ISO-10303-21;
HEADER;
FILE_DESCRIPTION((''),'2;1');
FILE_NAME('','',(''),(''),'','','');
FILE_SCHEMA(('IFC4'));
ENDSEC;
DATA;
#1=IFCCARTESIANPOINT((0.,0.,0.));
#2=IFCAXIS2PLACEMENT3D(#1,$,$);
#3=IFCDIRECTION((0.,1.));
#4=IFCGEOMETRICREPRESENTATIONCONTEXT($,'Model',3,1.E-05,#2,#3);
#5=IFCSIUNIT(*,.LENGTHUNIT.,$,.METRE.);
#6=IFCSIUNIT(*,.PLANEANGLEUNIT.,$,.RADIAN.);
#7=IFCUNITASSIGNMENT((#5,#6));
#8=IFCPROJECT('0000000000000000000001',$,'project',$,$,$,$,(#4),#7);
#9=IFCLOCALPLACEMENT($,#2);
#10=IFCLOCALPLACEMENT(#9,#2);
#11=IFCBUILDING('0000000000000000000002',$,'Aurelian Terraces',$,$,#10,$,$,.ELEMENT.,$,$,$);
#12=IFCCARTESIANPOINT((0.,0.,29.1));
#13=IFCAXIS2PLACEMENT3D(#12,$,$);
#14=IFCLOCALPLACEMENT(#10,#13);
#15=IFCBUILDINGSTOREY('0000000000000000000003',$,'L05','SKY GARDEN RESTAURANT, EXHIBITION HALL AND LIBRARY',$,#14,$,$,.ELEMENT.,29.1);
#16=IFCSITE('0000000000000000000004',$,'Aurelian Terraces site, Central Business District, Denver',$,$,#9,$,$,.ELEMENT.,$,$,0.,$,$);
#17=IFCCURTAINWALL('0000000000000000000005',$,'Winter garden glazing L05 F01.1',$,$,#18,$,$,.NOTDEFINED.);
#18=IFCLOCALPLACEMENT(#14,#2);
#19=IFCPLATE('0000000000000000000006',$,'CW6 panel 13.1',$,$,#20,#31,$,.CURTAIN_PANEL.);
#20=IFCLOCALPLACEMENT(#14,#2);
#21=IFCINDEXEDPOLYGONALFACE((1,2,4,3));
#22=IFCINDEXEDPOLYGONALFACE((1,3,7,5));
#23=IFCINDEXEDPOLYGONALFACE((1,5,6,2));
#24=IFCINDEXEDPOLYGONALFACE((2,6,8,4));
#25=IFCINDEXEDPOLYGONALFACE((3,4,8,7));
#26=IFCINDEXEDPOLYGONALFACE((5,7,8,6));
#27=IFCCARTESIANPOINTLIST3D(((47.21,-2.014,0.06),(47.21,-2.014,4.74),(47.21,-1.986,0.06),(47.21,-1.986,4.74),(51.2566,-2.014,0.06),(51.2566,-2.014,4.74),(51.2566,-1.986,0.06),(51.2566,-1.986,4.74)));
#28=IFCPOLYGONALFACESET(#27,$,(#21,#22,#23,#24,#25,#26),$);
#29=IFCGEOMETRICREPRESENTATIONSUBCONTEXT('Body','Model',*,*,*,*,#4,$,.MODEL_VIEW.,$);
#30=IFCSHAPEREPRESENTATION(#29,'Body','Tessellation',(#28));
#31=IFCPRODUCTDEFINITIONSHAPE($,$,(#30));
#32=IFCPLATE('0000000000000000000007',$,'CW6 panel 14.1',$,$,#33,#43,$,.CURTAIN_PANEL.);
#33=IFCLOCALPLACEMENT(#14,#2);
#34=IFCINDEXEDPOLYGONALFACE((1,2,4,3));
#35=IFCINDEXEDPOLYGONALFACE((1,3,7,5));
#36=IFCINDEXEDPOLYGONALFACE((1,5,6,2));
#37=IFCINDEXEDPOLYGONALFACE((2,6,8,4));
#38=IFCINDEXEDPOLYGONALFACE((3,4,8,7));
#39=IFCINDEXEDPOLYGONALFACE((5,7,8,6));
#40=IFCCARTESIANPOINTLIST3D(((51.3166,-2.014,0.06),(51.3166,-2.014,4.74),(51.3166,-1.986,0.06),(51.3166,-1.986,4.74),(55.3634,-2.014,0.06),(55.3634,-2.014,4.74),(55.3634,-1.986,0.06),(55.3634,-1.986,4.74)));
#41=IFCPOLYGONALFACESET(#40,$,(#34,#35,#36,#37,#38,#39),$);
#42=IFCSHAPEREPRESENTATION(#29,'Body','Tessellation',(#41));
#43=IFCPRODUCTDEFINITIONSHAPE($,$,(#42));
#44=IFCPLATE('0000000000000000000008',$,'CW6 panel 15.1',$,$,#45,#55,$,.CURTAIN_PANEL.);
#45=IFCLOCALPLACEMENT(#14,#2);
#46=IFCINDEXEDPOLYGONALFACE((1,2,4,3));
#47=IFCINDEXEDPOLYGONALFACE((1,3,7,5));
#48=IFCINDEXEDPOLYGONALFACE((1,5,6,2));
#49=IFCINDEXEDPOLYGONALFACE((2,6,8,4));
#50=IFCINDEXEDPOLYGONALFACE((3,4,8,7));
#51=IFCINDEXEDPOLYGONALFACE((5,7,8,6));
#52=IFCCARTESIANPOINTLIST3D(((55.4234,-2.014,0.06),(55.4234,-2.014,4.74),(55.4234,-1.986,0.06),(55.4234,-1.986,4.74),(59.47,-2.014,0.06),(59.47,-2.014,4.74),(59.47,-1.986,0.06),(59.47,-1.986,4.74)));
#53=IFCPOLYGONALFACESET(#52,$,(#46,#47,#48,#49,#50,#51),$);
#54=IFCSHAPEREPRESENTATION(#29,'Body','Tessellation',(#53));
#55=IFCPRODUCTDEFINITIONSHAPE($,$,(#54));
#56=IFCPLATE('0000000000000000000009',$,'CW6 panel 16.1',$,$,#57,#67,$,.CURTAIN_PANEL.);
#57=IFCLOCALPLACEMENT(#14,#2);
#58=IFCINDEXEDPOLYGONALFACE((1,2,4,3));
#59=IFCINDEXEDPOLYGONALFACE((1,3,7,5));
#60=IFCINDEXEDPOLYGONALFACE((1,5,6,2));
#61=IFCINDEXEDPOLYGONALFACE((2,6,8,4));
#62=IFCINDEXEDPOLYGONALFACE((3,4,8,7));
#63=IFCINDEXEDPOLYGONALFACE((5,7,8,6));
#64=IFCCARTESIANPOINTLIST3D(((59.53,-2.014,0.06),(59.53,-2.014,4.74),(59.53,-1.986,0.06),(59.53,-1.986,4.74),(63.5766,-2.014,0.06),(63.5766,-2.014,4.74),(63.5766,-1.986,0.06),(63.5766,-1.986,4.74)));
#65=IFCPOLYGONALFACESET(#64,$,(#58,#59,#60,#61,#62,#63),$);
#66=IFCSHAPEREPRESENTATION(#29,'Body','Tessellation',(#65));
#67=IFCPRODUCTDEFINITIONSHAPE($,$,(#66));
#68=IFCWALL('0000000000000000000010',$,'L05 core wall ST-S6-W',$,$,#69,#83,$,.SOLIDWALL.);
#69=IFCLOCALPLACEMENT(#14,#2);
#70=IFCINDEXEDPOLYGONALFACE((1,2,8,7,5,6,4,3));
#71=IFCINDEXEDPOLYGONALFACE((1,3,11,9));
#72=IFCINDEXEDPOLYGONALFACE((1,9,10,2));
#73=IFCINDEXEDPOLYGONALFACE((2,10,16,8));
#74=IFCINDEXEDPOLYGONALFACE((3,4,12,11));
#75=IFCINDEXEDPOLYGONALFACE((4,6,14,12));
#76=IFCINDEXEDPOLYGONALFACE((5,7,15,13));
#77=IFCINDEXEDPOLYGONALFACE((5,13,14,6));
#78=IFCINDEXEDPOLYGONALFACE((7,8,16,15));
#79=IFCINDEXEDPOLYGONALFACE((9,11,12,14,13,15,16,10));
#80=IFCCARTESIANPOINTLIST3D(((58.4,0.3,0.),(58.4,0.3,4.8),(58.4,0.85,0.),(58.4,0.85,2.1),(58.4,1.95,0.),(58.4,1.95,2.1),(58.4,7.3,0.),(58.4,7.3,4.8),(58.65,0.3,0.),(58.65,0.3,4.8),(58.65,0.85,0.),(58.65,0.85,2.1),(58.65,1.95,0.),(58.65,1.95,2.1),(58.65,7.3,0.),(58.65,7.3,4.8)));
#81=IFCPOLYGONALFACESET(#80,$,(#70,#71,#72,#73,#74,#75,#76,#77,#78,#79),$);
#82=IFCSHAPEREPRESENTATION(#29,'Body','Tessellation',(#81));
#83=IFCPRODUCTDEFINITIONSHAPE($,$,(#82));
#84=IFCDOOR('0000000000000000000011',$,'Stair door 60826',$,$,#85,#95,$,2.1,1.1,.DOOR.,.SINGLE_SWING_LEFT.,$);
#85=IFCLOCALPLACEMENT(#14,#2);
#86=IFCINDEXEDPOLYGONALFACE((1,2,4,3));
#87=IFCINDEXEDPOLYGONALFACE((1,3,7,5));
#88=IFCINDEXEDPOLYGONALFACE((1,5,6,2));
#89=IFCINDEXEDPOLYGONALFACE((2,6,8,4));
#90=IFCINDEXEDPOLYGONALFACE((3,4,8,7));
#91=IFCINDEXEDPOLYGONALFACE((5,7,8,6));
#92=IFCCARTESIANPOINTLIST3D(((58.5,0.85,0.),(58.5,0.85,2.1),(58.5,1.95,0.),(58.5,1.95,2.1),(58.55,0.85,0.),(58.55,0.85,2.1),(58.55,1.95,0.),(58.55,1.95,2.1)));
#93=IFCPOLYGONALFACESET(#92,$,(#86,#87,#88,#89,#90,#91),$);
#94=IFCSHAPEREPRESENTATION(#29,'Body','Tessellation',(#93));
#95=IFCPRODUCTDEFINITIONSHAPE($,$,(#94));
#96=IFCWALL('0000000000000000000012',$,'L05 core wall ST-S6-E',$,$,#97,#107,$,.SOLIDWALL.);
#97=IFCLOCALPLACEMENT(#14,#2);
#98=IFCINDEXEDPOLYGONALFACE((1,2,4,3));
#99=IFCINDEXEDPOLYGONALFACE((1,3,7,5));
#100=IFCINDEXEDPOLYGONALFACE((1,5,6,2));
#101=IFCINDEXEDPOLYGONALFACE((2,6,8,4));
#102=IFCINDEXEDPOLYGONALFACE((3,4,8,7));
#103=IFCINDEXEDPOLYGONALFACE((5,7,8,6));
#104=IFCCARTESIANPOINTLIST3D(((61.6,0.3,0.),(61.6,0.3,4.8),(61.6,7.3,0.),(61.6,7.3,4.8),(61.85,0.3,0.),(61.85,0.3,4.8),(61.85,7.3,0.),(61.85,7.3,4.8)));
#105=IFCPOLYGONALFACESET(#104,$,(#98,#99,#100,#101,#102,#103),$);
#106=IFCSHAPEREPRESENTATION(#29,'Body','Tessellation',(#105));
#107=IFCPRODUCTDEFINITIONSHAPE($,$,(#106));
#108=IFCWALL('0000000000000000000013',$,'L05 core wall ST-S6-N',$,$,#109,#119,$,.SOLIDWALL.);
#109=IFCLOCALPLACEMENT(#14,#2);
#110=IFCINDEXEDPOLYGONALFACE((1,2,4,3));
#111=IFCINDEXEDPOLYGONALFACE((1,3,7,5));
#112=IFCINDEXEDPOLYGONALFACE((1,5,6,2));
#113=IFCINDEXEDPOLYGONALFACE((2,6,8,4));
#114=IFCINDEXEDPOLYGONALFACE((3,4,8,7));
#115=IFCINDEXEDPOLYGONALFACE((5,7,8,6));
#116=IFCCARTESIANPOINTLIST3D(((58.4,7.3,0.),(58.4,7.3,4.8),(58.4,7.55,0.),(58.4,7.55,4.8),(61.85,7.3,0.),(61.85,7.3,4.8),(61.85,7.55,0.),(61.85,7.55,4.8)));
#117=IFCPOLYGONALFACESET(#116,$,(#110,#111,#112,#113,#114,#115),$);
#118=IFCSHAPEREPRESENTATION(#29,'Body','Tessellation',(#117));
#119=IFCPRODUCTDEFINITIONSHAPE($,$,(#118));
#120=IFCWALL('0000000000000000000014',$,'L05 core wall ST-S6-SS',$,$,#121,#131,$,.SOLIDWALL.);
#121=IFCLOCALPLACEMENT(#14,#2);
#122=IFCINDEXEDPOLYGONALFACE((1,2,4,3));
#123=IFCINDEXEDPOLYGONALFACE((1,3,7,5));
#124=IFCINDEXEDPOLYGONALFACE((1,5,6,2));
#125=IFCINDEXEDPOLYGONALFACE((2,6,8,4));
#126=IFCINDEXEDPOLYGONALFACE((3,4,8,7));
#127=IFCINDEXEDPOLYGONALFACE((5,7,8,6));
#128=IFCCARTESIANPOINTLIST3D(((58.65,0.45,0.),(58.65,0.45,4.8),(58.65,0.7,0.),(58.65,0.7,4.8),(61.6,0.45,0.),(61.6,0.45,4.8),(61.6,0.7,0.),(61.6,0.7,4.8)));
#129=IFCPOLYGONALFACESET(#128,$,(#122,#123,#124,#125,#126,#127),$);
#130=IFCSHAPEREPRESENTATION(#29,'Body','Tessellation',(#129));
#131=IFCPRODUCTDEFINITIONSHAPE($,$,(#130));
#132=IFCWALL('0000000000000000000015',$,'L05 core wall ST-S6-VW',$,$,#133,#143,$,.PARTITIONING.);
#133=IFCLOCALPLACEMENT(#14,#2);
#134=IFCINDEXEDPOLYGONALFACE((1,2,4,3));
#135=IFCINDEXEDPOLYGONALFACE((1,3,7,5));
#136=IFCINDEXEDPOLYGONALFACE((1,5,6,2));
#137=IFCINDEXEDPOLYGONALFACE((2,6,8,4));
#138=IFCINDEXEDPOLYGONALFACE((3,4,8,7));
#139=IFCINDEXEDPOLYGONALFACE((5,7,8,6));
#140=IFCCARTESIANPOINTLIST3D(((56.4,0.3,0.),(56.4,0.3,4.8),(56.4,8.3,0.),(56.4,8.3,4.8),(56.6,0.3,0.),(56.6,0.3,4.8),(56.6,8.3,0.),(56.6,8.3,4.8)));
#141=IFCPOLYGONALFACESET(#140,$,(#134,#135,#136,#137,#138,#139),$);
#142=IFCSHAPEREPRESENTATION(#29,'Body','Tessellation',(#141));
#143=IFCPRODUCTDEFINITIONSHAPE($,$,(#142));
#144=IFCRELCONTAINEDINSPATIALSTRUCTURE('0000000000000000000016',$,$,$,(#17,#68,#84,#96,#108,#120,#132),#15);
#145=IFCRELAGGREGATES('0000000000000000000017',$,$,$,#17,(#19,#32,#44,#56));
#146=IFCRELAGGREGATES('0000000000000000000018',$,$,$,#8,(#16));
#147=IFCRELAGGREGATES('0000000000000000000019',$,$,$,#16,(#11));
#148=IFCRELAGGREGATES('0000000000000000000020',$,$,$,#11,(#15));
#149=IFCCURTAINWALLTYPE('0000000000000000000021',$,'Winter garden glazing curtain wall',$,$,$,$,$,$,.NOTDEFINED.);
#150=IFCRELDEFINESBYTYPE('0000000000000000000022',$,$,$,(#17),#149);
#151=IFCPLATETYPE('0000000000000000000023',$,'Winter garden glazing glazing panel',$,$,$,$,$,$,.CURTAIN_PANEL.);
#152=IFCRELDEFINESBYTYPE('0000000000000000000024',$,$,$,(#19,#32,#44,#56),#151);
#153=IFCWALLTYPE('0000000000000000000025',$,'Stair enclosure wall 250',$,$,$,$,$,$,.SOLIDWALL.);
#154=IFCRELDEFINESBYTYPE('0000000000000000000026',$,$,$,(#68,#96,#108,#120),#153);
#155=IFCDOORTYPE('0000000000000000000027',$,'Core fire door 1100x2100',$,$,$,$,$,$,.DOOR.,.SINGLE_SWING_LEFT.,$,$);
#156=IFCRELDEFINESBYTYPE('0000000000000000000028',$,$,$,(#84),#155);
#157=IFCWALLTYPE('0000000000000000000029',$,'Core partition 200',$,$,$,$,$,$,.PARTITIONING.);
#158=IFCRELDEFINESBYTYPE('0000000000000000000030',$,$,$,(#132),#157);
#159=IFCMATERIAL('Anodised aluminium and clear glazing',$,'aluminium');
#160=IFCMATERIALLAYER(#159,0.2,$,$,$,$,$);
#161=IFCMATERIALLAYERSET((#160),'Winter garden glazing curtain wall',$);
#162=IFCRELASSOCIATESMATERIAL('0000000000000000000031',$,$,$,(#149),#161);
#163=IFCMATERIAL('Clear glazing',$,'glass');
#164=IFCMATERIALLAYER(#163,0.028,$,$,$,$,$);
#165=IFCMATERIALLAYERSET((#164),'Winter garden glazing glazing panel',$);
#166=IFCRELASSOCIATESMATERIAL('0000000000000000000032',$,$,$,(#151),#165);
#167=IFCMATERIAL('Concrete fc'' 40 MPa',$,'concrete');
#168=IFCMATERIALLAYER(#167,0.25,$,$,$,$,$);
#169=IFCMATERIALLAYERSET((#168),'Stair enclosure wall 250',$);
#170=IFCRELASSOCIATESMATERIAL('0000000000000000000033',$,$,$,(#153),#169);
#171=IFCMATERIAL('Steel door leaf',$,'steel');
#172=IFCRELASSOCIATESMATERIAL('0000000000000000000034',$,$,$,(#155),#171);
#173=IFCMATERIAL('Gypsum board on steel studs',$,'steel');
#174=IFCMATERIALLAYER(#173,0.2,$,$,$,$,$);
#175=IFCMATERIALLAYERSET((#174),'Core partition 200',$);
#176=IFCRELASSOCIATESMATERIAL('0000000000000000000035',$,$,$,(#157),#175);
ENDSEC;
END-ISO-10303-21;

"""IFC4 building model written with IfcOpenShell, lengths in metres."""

from ifc_helpers import new_model, si_unit, direction, frame, frame_2d, origin, origin_2d, place, context, subcontext, project, spatial, rectangle, extrude, source, transform, mapped, material, layer, layer_set, type_object, element, fill, aggregate, save


model = new_model("IFC4")

# Units and contexts
model_context = context("Model", 3, precision=1e-05, world=origin(), true_north=direction((0.0, 1.0)))
body_context = subcontext(model_context, "Body", "Model", "MODEL_VIEW")
ifc_project = project(units=[si_unit("LENGTHUNIT", "METRE"), si_unit("PLANEANGLEUNIT", "RADIAN")], contexts=[model_context])

# Site, building, storey
site_placement = place(None, origin())
site = spatial("IfcSite", under=ifc_project, at=site_placement, Name="Aurelian Terraces site, Central Business District, Denver", CompositionType="ELEMENT", RefElevation=0.0)
building_placement = place(site_placement, origin())
building = spatial("IfcBuilding", under=site, at=building_placement, Name="Aurelian Terraces", CompositionType="ELEMENT")
storey_placement = place(building_placement, frame((0.0, 0.0, 29.1)))
storey = spatial("IfcBuildingStorey", under=building, at=storey_placement, Name="L05", Description="SKY GARDEN RESTAURANT, EXHIBITION HALL AND LIBRARY", CompositionType="ELEMENT", Elevation=29.1)

# Curtain wall, plates
ifc_material_1 = material(Name="Anodised aluminium and clear glazing", Category="aluminium")
ifc_layer_1 = layer(ifc_material_1, 0.2)
ifc_layer_set_1 = layer_set([ifc_layer_1], Name="Winter garden glazing curtain wall")
curtain_wall_type = type_object("IfcCurtainWallType", Name="Winter garden glazing curtain wall", PredefinedType="NOTDEFINED", material=ifc_layer_set_1)
curtain_wall_placement = place(storey_placement, origin())
curtain_wall = element("IfcCurtainWall", 1, at=curtain_wall_placement, inside=storey, type_object=curtain_wall_type, Name="Winter garden glazing L05 F01.1", PredefinedType="NOTDEFINED")
ifc_material_2 = material(Name="Clear glazing", Category="glass")
ifc_layer_2 = layer(ifc_material_2, 0.028)
ifc_layer_set_2 = layer_set([ifc_layer_2], Name="Winter garden glazing glazing panel")
plate_type = type_object("IfcPlateType", Name="Winter garden glazing glazing panel", PredefinedType="CURTAIN_PANEL", material=ifc_layer_set_2)
shared_shape_1 = source(origin(), body_context, "Body", "SweptSolid", [
    extrude(rectangle(XDim=4.0467, YDim=0.028, at=origin_2d()), origin(), (0.0, 0.0, 1.0), 4.68),
])
plate_1_placement = place(storey_placement, frame((49.2333, -2.0, 0.06), z_axis=(0.0, 0.0, 1.0), x_axis=(1.0, 0.0, 0.0)))
plate_1 = element("IfcPlate", 2, at=plate_1_placement, type_object=plate_type, Name="CW6 panel 13.1", PredefinedType="CURTAIN_PANEL", context=body_context, shape_type="MappedRepresentation", body=[
    mapped(shared_shape_1, transform((0.0, 0.0, 0.0), scale=1.0)),
])
plate_2_placement = place(storey_placement, frame((53.34, -2.0, 0.06), z_axis=(0.0, 0.0, 1.0), x_axis=(1.0, 0.0, 0.0)))
plate_2 = element("IfcPlate", 3, at=plate_2_placement, type_object=plate_type, Name="CW6 panel 14.1", PredefinedType="CURTAIN_PANEL", context=body_context, shape_type="MappedRepresentation", body=[
    mapped(shared_shape_1, transform((0.0, 0.0, 0.0), scale=1.0)),
])
plate_3_placement = place(storey_placement, frame((57.4467, -2.0, 0.06), z_axis=(0.0, 0.0, 1.0), x_axis=(1.0, 0.0, 0.0)))
plate_3 = element("IfcPlate", 4, at=plate_3_placement, type_object=plate_type, Name="CW6 panel 15.1", PredefinedType="CURTAIN_PANEL", context=body_context, shape_type="MappedRepresentation", body=[
    mapped(shared_shape_1, transform((0.0, 0.0, 0.0), scale=1.0)),
])
plate_4_placement = place(storey_placement, frame((61.5533, -2.0, 0.06), z_axis=(0.0, 0.0, 1.0), x_axis=(1.0, 0.0, 0.0)))
plate_4 = element("IfcPlate", 5, at=plate_4_placement, type_object=plate_type, Name="CW6 panel 16.1", PredefinedType="CURTAIN_PANEL", context=body_context, shape_type="MappedRepresentation", body=[
    mapped(shared_shape_1, transform((0.0, 0.0, 0.0), scale=1.0)),
])
aggregate(curtain_wall, [plate_1, plate_2, plate_3, plate_4])

# Wall, opening, door
ifc_material_3 = material(Name="Concrete fc' 40 MPa", Category="concrete")
ifc_layer_3 = layer(ifc_material_3, 0.25)
ifc_layer_set_3 = layer_set([ifc_layer_3], Name="Stair enclosure wall 250")
wall_type_1 = type_object("IfcWallType", Name="Stair enclosure wall 250", PredefinedType="SOLIDWALL", material=ifc_layer_set_3)
shared_shape_2 = source(origin(), body_context, "Body", "SweptSolid", [
    extrude(rectangle(XDim=7.0, YDim=0.25, at=frame_2d((3.5, 0.0))), origin(), (0.0, 0.0, 1.0), 4.8),
])
wall_1_placement = place(storey_placement, frame((58.525, 0.3, 0.0), z_axis=(0.0, 0.0, 1.0), x_axis=(0.0, 1.0, 0.0)))
wall_1 = element("IfcWall", 6, at=wall_1_placement, inside=storey, type_object=wall_type_1, Name="L05 core wall ST-S6-W", PredefinedType="SOLIDWALL", context=body_context, shape_type="MappedRepresentation", body=[
    mapped(shared_shape_2, transform((0.0, 0.0, 0.0), scale=1.0)),
])
shared_shape_3 = source(origin(), body_context, "Body", "SweptSolid", [
    extrude(rectangle(XDim=1.1, YDim=2.1, at=frame_2d((0.55, 1.05))), frame((0.0, 0.135, 0.0), z_axis=(0.0, -1.0, 0.0), x_axis=(1.0, 0.0, 0.0)), (0.0, 0.0, 1.0), 0.27),
])
opening_1_placement = place(wall_1_placement, frame((0.55, 0.0, 0.0)))
opening_1 = element("IfcOpeningElement", 7, at=opening_1_placement, cuts=wall_1, PredefinedType="OPENING", context=body_context, shape_type="MappedRepresentation", body=[
    mapped(shared_shape_3, transform((0.0, 0.0, 0.0), scale=1.0)),
])
ifc_material_4 = material(Name="Steel door leaf", Category="steel")
door_type_1 = type_object("IfcDoorType", Name="Core fire door 1100x2100", OperationType="SINGLE_SWING_LEFT", PredefinedType="DOOR", material=ifc_material_4)
shared_shape_4 = source(origin(), body_context, "Body", "SweptSolid", [
    extrude(rectangle(XDim=1.1, YDim=2.1, at=frame_2d((0.55, 1.05))), frame((0.0, 0.025, 0.0), z_axis=(0.0, -1.0, 0.0), x_axis=(1.0, 0.0, 0.0)), (0.0, 0.0, 1.0), 0.05),
])
door_1_placement = place(opening_1_placement, origin())
door_1 = element("IfcDoor", 8, at=door_1_placement, inside=storey, type_object=door_type_1, Name="Stair door 60826", OperationType="SINGLE_SWING_LEFT", OverallHeight=2.1, OverallWidth=1.1, PredefinedType="DOOR", context=body_context, shape_type="MappedRepresentation", body=[
    mapped(shared_shape_4, transform((0.0, 0.0, 0.0), scale=1.0)),
])
fill(opening_1, door_1)

# Walls
wall_2_placement = place(storey_placement, frame((61.725, 0.3, 0.0), z_axis=(0.0, 0.0, 1.0), x_axis=(0.0, 1.0, 0.0)))
element("IfcWall", 9, at=wall_2_placement, inside=storey, type_object=wall_type_1, Name="L05 core wall ST-S6-E", PredefinedType="SOLIDWALL", context=body_context, shape_type="MappedRepresentation", body=[
    mapped(shared_shape_2, transform((0.0, 0.0, 0.0), scale=1.0)),
])
shared_shape_5 = source(origin(), body_context, "Body", "SweptSolid", [
    extrude(rectangle(XDim=3.45, YDim=0.25, at=frame_2d((1.725, 0.0))), origin(), (0.0, 0.0, 1.0), 4.8),
])
wall_3_placement = place(storey_placement, frame((58.4, 7.425, 0.0), z_axis=(0.0, 0.0, 1.0), x_axis=(1.0, 0.0, 0.0)))
element("IfcWall", 10, at=wall_3_placement, inside=storey, type_object=wall_type_1, Name="L05 core wall ST-S6-N", PredefinedType="SOLIDWALL", context=body_context, shape_type="MappedRepresentation", body=[
    mapped(shared_shape_5, transform((0.0, 0.0, 0.0), scale=1.0)),
])
shared_shape_6 = source(origin(), body_context, "Body", "SweptSolid", [
    extrude(rectangle(XDim=2.95, YDim=0.25, at=frame_2d((1.475, 0.0))), origin(), (0.0, 0.0, 1.0), 4.8),
])
wall_4_placement = place(storey_placement, frame((58.65, 0.575, 0.0), z_axis=(0.0, 0.0, 1.0), x_axis=(1.0, 0.0, 0.0)))
element("IfcWall", 11, at=wall_4_placement, inside=storey, type_object=wall_type_1, Name="L05 core wall ST-S6-SS", PredefinedType="SOLIDWALL", context=body_context, shape_type="MappedRepresentation", body=[
    mapped(shared_shape_6, transform((0.0, 0.0, 0.0), scale=1.0)),
])
ifc_material_5 = material(Name="Gypsum board on steel studs", Category="steel")
ifc_layer_4 = layer(ifc_material_5, 0.2)
ifc_layer_set_4 = layer_set([ifc_layer_4], Name="Core partition 200")
wall_type_2 = type_object("IfcWallType", Name="Core partition 200", PredefinedType="PARTITIONING", material=ifc_layer_set_4)
shared_shape_7 = source(origin(), body_context, "Body", "SweptSolid", [
    extrude(rectangle(XDim=8.0, YDim=0.2, at=frame_2d((4.0, 0.0))), origin(), (0.0, 0.0, 1.0), 4.8),
])
wall_5_placement = place(storey_placement, frame((56.5, 0.3, 0.0), z_axis=(0.0, 0.0, 1.0), x_axis=(0.0, 1.0, 0.0)))
element("IfcWall", 12, at=wall_5_placement, inside=storey, type_object=wall_type_2, Name="L05 core wall ST-S6-VW", PredefinedType="PARTITIONING", context=body_context, shape_type="MappedRepresentation", body=[
    mapped(shared_shape_7, transform((0.0, 0.0, 0.0), scale=1.0)),
])

save(model, "model.ifc")
